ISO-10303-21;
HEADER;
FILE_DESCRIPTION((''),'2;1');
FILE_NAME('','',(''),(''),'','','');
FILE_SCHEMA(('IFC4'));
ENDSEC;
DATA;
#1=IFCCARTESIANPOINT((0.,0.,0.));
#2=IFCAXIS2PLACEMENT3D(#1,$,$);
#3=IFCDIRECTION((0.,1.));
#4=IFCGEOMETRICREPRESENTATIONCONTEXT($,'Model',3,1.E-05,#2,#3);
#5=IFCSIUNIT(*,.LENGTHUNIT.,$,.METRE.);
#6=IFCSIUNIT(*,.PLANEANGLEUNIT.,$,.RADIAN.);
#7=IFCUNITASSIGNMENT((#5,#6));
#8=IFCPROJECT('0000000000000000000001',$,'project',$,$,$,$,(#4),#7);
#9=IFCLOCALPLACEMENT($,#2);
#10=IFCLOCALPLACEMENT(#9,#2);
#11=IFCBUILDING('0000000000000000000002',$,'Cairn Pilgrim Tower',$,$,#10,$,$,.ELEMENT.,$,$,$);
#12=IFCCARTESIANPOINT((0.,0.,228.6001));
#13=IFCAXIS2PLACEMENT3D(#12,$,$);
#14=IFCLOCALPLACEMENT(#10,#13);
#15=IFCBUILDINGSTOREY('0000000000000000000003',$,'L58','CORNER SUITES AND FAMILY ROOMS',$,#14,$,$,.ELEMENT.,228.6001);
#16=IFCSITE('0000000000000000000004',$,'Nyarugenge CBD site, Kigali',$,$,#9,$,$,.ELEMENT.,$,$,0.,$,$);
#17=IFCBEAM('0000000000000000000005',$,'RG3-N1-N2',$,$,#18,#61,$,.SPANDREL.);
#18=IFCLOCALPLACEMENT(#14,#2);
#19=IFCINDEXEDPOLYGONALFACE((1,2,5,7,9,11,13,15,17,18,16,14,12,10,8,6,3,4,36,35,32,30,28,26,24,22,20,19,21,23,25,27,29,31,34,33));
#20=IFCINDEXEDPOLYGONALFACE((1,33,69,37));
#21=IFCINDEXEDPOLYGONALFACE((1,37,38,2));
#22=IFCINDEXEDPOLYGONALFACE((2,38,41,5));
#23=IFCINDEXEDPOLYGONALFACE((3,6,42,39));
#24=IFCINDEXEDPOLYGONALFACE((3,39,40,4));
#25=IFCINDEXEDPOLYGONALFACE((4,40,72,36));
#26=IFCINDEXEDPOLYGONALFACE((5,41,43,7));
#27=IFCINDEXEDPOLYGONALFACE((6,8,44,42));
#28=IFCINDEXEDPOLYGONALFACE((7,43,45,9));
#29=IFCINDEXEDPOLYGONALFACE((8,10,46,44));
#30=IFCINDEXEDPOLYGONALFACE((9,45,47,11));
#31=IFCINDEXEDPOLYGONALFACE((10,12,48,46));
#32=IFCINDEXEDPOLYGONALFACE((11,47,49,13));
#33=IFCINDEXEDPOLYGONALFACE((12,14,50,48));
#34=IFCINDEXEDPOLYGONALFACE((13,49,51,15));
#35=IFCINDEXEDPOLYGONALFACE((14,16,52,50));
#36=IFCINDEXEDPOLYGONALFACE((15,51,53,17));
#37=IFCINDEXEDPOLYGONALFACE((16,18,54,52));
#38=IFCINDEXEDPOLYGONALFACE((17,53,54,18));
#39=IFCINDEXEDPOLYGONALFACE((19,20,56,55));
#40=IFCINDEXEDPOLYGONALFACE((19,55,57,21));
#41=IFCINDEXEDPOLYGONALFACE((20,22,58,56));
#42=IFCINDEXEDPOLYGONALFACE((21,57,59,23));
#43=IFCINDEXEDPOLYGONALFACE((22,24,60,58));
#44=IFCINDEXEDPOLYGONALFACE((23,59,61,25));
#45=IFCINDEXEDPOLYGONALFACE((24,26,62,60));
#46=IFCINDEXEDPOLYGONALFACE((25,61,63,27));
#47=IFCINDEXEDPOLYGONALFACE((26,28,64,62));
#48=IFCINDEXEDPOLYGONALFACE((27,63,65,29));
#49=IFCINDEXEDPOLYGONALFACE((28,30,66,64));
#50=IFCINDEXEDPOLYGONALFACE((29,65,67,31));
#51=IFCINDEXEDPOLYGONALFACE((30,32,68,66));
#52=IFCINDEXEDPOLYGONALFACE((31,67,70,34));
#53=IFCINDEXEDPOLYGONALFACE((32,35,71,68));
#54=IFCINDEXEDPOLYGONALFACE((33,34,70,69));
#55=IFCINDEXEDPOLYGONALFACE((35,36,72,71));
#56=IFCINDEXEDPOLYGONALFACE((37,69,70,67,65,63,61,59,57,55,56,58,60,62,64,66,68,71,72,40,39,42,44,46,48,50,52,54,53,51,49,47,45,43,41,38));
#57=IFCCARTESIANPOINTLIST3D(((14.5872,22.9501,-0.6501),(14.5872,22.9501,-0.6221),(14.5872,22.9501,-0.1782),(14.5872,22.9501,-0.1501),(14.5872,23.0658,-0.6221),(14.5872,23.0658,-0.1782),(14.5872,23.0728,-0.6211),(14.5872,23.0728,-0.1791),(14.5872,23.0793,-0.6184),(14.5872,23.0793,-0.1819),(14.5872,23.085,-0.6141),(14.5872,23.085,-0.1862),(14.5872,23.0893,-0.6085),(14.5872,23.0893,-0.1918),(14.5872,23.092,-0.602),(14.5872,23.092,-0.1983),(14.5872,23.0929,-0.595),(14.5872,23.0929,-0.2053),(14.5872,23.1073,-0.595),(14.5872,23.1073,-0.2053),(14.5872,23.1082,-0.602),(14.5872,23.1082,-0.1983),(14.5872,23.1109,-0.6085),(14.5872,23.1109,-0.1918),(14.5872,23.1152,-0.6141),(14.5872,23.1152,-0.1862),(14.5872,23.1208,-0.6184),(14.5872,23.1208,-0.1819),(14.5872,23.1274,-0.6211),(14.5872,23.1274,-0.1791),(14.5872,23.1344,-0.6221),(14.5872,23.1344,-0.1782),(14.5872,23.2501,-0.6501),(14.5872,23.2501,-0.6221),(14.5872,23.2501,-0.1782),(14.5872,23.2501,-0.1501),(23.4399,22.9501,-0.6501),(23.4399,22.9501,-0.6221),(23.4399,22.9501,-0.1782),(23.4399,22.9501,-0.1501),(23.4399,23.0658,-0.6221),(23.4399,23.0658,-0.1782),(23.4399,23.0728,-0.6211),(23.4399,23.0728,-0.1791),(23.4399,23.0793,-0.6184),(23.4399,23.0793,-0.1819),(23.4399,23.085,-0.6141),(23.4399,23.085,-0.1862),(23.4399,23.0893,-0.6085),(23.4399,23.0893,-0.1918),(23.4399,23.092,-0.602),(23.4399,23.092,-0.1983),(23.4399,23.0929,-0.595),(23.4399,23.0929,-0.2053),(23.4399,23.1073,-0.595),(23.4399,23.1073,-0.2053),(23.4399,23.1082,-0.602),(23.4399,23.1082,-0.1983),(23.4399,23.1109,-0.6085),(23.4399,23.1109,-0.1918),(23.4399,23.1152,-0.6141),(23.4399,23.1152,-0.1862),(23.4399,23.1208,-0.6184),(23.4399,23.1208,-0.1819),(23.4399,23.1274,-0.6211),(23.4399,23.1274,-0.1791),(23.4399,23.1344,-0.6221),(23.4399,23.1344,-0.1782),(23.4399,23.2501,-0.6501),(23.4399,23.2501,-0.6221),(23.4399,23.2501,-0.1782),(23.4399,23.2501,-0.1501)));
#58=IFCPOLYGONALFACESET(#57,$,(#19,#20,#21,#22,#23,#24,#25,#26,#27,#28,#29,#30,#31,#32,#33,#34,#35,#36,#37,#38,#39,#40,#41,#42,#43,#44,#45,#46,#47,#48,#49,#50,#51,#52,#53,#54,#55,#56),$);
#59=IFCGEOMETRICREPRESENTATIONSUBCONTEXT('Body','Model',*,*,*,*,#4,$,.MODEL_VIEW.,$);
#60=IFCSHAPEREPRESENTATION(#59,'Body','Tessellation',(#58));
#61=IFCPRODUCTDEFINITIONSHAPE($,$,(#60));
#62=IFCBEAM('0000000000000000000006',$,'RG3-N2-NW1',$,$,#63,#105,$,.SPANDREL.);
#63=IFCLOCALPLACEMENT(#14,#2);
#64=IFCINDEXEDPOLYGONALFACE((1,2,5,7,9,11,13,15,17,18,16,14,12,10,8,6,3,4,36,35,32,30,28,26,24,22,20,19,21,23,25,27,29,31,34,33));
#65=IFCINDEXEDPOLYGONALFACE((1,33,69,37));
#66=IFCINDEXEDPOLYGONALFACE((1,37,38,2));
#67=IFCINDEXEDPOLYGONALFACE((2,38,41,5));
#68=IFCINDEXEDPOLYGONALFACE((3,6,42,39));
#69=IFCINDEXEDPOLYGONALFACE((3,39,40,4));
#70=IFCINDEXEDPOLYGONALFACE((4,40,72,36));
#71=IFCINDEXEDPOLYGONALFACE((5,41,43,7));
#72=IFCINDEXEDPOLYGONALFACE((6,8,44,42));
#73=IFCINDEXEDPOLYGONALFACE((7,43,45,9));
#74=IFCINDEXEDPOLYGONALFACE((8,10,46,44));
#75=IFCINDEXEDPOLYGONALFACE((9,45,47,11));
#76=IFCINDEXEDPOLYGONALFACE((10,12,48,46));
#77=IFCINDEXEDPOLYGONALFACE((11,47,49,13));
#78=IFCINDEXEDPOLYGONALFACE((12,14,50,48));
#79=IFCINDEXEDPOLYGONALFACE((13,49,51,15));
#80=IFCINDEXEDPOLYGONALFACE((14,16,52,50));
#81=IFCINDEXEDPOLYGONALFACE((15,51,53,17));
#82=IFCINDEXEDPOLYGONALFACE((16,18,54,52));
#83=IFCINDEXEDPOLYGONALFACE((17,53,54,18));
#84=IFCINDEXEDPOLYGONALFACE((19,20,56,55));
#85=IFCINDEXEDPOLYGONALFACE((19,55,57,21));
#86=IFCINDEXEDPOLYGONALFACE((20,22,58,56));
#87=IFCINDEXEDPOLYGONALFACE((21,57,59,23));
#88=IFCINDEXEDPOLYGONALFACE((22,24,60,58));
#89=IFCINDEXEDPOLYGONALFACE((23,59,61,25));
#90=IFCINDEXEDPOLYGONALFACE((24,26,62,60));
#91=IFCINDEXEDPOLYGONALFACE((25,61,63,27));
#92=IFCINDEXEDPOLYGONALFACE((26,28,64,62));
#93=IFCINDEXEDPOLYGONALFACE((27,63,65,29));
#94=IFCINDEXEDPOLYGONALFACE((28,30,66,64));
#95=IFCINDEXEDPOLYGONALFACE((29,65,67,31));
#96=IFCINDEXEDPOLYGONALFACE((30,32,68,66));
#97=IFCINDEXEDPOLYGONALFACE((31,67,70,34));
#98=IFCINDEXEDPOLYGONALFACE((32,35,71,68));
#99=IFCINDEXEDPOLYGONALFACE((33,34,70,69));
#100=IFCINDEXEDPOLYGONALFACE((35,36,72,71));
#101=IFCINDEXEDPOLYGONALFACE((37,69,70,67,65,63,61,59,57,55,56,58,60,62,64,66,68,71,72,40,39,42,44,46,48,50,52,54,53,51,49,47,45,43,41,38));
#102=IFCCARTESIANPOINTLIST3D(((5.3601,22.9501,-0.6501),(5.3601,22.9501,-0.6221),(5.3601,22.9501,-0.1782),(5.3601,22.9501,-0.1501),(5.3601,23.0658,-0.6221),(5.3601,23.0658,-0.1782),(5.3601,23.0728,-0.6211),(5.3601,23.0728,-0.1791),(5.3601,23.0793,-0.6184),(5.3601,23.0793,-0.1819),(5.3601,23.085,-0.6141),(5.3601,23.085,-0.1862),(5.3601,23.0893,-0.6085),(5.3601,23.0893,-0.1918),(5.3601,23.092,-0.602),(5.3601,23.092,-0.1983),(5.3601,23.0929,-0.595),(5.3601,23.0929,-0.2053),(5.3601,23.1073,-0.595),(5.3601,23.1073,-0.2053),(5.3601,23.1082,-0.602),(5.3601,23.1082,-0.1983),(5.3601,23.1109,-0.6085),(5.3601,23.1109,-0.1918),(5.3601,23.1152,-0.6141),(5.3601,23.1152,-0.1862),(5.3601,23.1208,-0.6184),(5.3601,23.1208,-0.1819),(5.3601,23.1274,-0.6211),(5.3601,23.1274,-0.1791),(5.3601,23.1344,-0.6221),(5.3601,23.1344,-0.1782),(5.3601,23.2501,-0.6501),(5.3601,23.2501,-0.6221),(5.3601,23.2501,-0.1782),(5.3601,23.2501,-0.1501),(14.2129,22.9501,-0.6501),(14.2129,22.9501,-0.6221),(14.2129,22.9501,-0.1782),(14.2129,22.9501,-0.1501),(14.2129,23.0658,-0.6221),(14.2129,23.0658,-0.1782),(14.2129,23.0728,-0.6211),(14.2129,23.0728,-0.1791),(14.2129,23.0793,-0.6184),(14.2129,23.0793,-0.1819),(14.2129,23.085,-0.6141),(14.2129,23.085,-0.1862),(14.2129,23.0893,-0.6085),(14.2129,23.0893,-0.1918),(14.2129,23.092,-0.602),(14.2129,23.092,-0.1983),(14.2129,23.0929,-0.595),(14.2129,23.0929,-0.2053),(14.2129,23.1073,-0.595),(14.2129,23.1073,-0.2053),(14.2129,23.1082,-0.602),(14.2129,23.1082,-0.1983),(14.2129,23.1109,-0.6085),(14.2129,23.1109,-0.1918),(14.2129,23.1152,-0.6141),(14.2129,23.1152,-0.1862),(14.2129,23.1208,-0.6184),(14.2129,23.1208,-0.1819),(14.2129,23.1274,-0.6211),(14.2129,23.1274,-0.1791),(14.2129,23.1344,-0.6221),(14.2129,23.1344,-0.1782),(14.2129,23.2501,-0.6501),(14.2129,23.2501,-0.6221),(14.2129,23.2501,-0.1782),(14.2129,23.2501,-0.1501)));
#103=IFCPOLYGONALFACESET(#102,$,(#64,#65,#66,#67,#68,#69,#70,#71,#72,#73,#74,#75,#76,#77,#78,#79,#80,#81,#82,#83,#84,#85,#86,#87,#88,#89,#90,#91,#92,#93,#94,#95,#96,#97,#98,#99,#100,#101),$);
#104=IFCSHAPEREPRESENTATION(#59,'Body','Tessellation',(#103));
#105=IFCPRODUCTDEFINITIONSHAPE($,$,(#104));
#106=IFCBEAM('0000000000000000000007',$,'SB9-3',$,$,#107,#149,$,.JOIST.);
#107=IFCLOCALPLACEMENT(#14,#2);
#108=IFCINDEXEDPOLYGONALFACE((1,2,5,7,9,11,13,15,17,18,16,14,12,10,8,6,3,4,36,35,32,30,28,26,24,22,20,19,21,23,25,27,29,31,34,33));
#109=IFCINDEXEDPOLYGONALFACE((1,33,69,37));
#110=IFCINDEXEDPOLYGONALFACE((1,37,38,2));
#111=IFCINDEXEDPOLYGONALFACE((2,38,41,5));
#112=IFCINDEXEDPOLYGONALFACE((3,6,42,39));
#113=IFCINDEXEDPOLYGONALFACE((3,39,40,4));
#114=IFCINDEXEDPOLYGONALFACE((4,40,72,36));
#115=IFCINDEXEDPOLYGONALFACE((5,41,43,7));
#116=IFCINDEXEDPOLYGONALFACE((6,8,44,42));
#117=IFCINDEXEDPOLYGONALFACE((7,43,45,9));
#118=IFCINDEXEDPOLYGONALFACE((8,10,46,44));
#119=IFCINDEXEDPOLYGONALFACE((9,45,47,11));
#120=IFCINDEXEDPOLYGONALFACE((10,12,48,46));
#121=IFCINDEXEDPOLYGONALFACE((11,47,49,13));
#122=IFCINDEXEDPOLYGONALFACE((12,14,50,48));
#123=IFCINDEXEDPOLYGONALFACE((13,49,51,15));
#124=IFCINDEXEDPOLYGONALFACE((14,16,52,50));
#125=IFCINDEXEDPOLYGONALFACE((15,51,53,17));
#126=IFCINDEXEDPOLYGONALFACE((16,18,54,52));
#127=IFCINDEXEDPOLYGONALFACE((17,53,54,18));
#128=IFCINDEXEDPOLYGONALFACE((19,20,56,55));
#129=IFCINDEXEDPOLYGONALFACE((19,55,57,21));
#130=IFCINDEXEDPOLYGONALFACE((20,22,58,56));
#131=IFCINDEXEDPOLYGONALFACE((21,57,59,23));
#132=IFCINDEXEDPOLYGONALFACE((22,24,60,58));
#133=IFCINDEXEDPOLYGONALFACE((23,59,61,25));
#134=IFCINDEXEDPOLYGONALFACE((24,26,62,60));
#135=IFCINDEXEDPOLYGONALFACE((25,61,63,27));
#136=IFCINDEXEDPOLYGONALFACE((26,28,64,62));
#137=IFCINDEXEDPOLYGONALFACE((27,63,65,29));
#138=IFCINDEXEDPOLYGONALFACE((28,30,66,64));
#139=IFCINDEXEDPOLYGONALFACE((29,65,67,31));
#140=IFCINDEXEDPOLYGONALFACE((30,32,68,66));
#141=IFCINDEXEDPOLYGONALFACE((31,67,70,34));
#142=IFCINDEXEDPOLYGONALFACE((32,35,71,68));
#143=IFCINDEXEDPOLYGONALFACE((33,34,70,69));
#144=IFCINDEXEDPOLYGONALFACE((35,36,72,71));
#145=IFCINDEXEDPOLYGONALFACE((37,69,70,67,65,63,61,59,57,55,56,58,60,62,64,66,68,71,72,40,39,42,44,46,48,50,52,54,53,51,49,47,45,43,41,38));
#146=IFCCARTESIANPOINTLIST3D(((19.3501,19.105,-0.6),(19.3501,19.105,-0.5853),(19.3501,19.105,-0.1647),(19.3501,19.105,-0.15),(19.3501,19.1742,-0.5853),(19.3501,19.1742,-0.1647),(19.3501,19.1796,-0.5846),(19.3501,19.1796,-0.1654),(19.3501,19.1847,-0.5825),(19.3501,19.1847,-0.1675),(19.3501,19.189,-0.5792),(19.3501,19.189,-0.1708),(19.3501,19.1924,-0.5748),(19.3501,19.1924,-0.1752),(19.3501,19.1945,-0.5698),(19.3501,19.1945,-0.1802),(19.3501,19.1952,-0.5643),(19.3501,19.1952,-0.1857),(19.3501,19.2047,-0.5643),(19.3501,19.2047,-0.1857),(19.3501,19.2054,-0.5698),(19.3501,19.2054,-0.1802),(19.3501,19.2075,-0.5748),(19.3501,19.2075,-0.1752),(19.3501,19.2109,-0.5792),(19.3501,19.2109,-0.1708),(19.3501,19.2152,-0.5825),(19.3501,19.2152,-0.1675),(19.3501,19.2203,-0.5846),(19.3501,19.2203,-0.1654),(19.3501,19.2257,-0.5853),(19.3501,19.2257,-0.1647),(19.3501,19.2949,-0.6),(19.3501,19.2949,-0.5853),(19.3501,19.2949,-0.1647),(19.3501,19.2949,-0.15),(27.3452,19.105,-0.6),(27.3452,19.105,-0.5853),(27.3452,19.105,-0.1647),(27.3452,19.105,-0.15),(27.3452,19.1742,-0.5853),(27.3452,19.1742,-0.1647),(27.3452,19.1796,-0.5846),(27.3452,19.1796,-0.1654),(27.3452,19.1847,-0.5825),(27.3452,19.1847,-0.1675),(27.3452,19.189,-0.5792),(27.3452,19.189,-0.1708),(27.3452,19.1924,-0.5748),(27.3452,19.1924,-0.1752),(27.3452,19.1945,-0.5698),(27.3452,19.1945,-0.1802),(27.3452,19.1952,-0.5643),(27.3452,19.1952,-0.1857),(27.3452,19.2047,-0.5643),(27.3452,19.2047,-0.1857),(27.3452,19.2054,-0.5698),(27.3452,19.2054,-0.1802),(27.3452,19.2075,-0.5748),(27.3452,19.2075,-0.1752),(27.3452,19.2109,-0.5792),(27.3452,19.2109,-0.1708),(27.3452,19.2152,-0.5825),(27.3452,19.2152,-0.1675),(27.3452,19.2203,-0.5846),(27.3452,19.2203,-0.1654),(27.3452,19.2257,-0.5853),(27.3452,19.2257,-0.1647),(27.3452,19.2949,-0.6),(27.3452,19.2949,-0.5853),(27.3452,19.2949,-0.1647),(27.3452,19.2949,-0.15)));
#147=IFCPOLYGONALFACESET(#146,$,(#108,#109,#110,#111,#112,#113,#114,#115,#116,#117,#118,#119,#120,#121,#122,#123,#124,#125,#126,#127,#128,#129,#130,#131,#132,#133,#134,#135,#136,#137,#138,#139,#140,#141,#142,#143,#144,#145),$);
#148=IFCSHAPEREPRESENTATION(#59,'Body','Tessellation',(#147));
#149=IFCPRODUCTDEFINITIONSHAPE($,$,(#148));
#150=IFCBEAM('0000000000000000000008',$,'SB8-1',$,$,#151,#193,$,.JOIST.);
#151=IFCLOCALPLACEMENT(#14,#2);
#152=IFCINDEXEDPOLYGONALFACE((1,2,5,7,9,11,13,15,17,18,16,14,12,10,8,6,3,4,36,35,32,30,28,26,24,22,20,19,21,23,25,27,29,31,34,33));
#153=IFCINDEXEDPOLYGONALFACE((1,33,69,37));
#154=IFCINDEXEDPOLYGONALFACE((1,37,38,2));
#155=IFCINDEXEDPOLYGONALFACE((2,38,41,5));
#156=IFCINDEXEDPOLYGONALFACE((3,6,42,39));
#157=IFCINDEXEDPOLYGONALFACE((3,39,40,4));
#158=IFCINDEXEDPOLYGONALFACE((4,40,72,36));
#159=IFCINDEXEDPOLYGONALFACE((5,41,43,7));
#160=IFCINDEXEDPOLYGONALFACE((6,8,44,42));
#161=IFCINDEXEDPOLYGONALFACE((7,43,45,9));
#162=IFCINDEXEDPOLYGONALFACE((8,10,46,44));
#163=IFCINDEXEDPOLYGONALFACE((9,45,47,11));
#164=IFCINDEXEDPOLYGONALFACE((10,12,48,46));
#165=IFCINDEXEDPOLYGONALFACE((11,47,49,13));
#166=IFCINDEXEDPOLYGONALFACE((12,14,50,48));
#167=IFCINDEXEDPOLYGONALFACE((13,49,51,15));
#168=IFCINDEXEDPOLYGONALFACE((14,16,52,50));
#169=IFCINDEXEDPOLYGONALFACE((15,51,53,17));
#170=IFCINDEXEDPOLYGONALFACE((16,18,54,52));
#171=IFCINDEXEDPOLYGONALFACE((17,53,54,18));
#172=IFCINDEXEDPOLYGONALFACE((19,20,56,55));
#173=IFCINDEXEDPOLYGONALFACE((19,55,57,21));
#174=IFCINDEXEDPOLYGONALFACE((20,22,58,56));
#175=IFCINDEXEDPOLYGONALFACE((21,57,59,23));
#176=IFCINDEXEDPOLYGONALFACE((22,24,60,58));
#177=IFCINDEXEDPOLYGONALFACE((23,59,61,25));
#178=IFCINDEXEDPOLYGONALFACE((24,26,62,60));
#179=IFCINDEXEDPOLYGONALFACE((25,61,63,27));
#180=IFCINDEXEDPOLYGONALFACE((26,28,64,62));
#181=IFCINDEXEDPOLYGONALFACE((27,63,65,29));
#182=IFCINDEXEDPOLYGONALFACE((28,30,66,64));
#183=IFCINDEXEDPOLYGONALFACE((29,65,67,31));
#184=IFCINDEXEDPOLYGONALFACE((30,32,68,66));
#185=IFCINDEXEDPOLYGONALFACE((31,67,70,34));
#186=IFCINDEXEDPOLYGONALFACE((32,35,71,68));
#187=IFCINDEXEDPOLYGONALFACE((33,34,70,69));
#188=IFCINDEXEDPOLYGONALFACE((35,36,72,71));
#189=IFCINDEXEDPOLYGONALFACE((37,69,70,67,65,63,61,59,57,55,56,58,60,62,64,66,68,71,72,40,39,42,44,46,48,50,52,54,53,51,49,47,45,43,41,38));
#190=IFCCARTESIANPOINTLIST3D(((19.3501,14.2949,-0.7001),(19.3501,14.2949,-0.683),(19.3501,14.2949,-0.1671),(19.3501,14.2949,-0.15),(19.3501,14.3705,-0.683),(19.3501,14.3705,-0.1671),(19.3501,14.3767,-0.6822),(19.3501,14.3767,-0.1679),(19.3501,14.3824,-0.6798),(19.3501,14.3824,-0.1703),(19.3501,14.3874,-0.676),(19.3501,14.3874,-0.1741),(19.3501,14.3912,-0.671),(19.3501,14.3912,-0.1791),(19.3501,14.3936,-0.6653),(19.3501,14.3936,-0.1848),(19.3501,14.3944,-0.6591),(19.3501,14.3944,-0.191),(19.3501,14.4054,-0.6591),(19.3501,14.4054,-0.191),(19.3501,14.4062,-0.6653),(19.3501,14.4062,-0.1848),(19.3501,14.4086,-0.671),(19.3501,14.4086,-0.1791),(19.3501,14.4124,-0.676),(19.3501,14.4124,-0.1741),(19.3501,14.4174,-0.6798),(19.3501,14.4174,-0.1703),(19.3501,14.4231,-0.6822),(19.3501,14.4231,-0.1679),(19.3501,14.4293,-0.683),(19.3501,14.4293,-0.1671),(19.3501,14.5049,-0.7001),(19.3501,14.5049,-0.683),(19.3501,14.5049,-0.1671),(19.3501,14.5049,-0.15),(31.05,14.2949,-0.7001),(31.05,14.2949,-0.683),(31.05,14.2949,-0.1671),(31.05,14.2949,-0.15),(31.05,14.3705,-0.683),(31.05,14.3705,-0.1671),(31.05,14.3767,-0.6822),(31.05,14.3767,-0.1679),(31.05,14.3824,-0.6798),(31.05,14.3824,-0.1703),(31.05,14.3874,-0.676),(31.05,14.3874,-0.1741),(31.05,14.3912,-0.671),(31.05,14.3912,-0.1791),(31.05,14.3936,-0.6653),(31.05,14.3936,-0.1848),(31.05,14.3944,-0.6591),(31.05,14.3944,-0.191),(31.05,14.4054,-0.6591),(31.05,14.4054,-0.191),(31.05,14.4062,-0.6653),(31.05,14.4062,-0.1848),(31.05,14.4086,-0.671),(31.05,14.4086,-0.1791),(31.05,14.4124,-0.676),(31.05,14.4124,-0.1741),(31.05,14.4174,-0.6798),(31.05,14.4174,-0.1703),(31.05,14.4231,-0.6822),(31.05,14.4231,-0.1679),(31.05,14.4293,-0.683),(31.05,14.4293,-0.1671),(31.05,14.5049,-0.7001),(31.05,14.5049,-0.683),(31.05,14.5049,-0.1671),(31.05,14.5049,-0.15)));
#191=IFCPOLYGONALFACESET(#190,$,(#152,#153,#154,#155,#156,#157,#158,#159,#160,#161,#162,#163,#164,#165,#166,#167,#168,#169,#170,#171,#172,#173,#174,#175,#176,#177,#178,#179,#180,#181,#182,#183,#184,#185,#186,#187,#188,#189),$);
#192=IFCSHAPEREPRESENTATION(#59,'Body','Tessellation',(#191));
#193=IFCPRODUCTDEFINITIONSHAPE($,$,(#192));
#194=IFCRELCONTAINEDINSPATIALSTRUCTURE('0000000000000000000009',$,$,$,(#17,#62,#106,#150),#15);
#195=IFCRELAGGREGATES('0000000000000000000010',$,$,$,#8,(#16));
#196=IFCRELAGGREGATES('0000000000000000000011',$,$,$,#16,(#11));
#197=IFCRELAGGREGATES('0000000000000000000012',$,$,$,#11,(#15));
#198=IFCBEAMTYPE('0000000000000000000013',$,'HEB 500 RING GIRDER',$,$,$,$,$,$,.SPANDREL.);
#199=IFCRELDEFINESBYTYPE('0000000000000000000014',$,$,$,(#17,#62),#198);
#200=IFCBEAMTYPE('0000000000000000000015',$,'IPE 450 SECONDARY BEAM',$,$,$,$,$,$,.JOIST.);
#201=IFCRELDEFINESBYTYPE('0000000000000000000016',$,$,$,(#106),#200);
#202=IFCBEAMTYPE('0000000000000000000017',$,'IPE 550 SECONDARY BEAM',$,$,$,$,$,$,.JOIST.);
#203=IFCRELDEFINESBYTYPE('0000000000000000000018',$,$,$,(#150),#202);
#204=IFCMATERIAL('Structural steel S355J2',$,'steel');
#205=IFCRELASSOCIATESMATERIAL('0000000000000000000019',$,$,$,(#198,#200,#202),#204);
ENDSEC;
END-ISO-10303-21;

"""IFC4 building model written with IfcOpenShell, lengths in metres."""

from ifc_helpers import new_model, si_unit, direction, frame, origin, origin_2d, place, context, subcontext, project, spatial, i_section, extrude, material, material_profile, profile_set, type_object, element, save


model = new_model("IFC4")

# Units and contexts
model_context = context("Model", 3, precision=1e-05, world=origin(), true_north=direction((0.0, 1.0)))
body_context = subcontext(model_context, "Body", "Model", "MODEL_VIEW")
ifc_project = project(units=[si_unit("LENGTHUNIT", "METRE"), si_unit("PLANEANGLEUNIT", "RADIAN")], contexts=[model_context])

# Site, building, storey
site_placement = place(None, origin())
site = spatial("IfcSite", under=ifc_project, at=site_placement, Name="Nyarugenge CBD site, Kigali", CompositionType="ELEMENT", RefElevation=0.0)
building_placement = place(site_placement, origin())
building = spatial("IfcBuilding", under=site, at=building_placement, Name="Cairn Pilgrim Tower", CompositionType="ELEMENT")
storey_placement = place(building_placement, frame((0.0, 0.0, 228.6001)))
storey = spatial("IfcBuildingStorey", under=building, at=storey_placement, Name="L58", Description="CORNER SUITES AND FAMILY ROOMS", CompositionType="ELEMENT", Elevation=228.6001)

# Shared definitions
ifc_material_1 = material(Name="Structural steel S355J2", Category="steel")

# Beams
ifc_material_profile_1 = material_profile(ifc_material_1, i_section(OverallWidth=0.3, OverallDepth=0.5, WebThickness=0.0144, FlangeThickness=0.0281, FilletRadius=0.0271, at=origin_2d()), Name="HEB 500")
ifc_profile_set_1 = profile_set([ifc_material_profile_1], Name="Structural steel S355J2")
beam_type_1 = type_object("IfcBeamType", Name="HEB 500 RING GIRDER", PredefinedType="SPANDREL", material=ifc_profile_set_1)
for number, where, z_axis, x_axis, name in (
    (1, (23.4399, 23.1001, -0.4001), (-1.0, 0.0, 0.0), (0.0, -1.0, 0.0), "RG3-N1-N2"),
    (2, (14.2129, 23.1001, -0.4001), (-1.0, 0.0, 0.0), (0.0, -1.0, 0.0), "RG3-N2-NW1"),
):
    element("IfcBeam", number, at=place(storey_placement, frame(where, z_axis=z_axis, x_axis=x_axis)), inside=storey, type_object=beam_type_1, Name=name, PredefinedType="SPANDREL", context=body_context, shape_type="SweptSolid", body=[
        extrude(i_section(OverallWidth=0.3, OverallDepth=0.5, WebThickness=0.0144, FlangeThickness=0.0281, FilletRadius=0.0271, at=origin_2d()), origin(), (0.0, 0.0, 1.0), 8.8528),
    ])
ifc_material_profile_2 = material_profile(ifc_material_1, i_section(OverallWidth=0.1899, OverallDepth=0.45, WebThickness=0.0095, FlangeThickness=0.0146, FilletRadius=0.021, at=origin_2d()), Name="IPE 450")
ifc_profile_set_2 = profile_set([ifc_material_profile_2], Name="Structural steel S355J2")
beam_type_2 = type_object("IfcBeamType", Name="IPE 450 SECONDARY BEAM", PredefinedType="JOIST", material=ifc_profile_set_2)
beam_1_placement = place(storey_placement, frame((19.3501, 19.2, -0.375), z_axis=(1.0, 0.0, 0.0), x_axis=(0.0, 1.0, 0.0)))
element("IfcBeam", 3, at=beam_1_placement, inside=storey, type_object=beam_type_2, Name="SB9-3", PredefinedType="JOIST", context=body_context, shape_type="SweptSolid", body=[
    extrude(i_section(OverallWidth=0.1899, OverallDepth=0.45, WebThickness=0.0095, FlangeThickness=0.0146, FilletRadius=0.021, at=origin_2d()), origin(), (0.0, 0.0, 1.0), 7.9951),
])
ifc_material_profile_3 = material_profile(ifc_material_1, i_section(OverallWidth=0.21, OverallDepth=0.55, WebThickness=0.011, FlangeThickness=0.0171, FilletRadius=0.0239, at=origin_2d()), Name="IPE 550")
ifc_profile_set_3 = profile_set([ifc_material_profile_3], Name="Structural steel S355J2")
beam_type_3 = type_object("IfcBeamType", Name="IPE 550 SECONDARY BEAM", PredefinedType="JOIST", material=ifc_profile_set_3)
beam_2_placement = place(storey_placement, frame((19.3501, 14.3999, -0.425), z_axis=(1.0, 0.0, 0.0), x_axis=(0.0, 1.0, 0.0)))
element("IfcBeam", 4, at=beam_2_placement, inside=storey, type_object=beam_type_3, Name="SB8-1", PredefinedType="JOIST", context=body_context, shape_type="SweptSolid", body=[
    extrude(i_section(OverallWidth=0.21, OverallDepth=0.55, WebThickness=0.011, FlangeThickness=0.0171, FilletRadius=0.0239, at=origin_2d()), origin(), (0.0, 0.0, 1.0), 11.7),
])

save(model, "model.ifc")
